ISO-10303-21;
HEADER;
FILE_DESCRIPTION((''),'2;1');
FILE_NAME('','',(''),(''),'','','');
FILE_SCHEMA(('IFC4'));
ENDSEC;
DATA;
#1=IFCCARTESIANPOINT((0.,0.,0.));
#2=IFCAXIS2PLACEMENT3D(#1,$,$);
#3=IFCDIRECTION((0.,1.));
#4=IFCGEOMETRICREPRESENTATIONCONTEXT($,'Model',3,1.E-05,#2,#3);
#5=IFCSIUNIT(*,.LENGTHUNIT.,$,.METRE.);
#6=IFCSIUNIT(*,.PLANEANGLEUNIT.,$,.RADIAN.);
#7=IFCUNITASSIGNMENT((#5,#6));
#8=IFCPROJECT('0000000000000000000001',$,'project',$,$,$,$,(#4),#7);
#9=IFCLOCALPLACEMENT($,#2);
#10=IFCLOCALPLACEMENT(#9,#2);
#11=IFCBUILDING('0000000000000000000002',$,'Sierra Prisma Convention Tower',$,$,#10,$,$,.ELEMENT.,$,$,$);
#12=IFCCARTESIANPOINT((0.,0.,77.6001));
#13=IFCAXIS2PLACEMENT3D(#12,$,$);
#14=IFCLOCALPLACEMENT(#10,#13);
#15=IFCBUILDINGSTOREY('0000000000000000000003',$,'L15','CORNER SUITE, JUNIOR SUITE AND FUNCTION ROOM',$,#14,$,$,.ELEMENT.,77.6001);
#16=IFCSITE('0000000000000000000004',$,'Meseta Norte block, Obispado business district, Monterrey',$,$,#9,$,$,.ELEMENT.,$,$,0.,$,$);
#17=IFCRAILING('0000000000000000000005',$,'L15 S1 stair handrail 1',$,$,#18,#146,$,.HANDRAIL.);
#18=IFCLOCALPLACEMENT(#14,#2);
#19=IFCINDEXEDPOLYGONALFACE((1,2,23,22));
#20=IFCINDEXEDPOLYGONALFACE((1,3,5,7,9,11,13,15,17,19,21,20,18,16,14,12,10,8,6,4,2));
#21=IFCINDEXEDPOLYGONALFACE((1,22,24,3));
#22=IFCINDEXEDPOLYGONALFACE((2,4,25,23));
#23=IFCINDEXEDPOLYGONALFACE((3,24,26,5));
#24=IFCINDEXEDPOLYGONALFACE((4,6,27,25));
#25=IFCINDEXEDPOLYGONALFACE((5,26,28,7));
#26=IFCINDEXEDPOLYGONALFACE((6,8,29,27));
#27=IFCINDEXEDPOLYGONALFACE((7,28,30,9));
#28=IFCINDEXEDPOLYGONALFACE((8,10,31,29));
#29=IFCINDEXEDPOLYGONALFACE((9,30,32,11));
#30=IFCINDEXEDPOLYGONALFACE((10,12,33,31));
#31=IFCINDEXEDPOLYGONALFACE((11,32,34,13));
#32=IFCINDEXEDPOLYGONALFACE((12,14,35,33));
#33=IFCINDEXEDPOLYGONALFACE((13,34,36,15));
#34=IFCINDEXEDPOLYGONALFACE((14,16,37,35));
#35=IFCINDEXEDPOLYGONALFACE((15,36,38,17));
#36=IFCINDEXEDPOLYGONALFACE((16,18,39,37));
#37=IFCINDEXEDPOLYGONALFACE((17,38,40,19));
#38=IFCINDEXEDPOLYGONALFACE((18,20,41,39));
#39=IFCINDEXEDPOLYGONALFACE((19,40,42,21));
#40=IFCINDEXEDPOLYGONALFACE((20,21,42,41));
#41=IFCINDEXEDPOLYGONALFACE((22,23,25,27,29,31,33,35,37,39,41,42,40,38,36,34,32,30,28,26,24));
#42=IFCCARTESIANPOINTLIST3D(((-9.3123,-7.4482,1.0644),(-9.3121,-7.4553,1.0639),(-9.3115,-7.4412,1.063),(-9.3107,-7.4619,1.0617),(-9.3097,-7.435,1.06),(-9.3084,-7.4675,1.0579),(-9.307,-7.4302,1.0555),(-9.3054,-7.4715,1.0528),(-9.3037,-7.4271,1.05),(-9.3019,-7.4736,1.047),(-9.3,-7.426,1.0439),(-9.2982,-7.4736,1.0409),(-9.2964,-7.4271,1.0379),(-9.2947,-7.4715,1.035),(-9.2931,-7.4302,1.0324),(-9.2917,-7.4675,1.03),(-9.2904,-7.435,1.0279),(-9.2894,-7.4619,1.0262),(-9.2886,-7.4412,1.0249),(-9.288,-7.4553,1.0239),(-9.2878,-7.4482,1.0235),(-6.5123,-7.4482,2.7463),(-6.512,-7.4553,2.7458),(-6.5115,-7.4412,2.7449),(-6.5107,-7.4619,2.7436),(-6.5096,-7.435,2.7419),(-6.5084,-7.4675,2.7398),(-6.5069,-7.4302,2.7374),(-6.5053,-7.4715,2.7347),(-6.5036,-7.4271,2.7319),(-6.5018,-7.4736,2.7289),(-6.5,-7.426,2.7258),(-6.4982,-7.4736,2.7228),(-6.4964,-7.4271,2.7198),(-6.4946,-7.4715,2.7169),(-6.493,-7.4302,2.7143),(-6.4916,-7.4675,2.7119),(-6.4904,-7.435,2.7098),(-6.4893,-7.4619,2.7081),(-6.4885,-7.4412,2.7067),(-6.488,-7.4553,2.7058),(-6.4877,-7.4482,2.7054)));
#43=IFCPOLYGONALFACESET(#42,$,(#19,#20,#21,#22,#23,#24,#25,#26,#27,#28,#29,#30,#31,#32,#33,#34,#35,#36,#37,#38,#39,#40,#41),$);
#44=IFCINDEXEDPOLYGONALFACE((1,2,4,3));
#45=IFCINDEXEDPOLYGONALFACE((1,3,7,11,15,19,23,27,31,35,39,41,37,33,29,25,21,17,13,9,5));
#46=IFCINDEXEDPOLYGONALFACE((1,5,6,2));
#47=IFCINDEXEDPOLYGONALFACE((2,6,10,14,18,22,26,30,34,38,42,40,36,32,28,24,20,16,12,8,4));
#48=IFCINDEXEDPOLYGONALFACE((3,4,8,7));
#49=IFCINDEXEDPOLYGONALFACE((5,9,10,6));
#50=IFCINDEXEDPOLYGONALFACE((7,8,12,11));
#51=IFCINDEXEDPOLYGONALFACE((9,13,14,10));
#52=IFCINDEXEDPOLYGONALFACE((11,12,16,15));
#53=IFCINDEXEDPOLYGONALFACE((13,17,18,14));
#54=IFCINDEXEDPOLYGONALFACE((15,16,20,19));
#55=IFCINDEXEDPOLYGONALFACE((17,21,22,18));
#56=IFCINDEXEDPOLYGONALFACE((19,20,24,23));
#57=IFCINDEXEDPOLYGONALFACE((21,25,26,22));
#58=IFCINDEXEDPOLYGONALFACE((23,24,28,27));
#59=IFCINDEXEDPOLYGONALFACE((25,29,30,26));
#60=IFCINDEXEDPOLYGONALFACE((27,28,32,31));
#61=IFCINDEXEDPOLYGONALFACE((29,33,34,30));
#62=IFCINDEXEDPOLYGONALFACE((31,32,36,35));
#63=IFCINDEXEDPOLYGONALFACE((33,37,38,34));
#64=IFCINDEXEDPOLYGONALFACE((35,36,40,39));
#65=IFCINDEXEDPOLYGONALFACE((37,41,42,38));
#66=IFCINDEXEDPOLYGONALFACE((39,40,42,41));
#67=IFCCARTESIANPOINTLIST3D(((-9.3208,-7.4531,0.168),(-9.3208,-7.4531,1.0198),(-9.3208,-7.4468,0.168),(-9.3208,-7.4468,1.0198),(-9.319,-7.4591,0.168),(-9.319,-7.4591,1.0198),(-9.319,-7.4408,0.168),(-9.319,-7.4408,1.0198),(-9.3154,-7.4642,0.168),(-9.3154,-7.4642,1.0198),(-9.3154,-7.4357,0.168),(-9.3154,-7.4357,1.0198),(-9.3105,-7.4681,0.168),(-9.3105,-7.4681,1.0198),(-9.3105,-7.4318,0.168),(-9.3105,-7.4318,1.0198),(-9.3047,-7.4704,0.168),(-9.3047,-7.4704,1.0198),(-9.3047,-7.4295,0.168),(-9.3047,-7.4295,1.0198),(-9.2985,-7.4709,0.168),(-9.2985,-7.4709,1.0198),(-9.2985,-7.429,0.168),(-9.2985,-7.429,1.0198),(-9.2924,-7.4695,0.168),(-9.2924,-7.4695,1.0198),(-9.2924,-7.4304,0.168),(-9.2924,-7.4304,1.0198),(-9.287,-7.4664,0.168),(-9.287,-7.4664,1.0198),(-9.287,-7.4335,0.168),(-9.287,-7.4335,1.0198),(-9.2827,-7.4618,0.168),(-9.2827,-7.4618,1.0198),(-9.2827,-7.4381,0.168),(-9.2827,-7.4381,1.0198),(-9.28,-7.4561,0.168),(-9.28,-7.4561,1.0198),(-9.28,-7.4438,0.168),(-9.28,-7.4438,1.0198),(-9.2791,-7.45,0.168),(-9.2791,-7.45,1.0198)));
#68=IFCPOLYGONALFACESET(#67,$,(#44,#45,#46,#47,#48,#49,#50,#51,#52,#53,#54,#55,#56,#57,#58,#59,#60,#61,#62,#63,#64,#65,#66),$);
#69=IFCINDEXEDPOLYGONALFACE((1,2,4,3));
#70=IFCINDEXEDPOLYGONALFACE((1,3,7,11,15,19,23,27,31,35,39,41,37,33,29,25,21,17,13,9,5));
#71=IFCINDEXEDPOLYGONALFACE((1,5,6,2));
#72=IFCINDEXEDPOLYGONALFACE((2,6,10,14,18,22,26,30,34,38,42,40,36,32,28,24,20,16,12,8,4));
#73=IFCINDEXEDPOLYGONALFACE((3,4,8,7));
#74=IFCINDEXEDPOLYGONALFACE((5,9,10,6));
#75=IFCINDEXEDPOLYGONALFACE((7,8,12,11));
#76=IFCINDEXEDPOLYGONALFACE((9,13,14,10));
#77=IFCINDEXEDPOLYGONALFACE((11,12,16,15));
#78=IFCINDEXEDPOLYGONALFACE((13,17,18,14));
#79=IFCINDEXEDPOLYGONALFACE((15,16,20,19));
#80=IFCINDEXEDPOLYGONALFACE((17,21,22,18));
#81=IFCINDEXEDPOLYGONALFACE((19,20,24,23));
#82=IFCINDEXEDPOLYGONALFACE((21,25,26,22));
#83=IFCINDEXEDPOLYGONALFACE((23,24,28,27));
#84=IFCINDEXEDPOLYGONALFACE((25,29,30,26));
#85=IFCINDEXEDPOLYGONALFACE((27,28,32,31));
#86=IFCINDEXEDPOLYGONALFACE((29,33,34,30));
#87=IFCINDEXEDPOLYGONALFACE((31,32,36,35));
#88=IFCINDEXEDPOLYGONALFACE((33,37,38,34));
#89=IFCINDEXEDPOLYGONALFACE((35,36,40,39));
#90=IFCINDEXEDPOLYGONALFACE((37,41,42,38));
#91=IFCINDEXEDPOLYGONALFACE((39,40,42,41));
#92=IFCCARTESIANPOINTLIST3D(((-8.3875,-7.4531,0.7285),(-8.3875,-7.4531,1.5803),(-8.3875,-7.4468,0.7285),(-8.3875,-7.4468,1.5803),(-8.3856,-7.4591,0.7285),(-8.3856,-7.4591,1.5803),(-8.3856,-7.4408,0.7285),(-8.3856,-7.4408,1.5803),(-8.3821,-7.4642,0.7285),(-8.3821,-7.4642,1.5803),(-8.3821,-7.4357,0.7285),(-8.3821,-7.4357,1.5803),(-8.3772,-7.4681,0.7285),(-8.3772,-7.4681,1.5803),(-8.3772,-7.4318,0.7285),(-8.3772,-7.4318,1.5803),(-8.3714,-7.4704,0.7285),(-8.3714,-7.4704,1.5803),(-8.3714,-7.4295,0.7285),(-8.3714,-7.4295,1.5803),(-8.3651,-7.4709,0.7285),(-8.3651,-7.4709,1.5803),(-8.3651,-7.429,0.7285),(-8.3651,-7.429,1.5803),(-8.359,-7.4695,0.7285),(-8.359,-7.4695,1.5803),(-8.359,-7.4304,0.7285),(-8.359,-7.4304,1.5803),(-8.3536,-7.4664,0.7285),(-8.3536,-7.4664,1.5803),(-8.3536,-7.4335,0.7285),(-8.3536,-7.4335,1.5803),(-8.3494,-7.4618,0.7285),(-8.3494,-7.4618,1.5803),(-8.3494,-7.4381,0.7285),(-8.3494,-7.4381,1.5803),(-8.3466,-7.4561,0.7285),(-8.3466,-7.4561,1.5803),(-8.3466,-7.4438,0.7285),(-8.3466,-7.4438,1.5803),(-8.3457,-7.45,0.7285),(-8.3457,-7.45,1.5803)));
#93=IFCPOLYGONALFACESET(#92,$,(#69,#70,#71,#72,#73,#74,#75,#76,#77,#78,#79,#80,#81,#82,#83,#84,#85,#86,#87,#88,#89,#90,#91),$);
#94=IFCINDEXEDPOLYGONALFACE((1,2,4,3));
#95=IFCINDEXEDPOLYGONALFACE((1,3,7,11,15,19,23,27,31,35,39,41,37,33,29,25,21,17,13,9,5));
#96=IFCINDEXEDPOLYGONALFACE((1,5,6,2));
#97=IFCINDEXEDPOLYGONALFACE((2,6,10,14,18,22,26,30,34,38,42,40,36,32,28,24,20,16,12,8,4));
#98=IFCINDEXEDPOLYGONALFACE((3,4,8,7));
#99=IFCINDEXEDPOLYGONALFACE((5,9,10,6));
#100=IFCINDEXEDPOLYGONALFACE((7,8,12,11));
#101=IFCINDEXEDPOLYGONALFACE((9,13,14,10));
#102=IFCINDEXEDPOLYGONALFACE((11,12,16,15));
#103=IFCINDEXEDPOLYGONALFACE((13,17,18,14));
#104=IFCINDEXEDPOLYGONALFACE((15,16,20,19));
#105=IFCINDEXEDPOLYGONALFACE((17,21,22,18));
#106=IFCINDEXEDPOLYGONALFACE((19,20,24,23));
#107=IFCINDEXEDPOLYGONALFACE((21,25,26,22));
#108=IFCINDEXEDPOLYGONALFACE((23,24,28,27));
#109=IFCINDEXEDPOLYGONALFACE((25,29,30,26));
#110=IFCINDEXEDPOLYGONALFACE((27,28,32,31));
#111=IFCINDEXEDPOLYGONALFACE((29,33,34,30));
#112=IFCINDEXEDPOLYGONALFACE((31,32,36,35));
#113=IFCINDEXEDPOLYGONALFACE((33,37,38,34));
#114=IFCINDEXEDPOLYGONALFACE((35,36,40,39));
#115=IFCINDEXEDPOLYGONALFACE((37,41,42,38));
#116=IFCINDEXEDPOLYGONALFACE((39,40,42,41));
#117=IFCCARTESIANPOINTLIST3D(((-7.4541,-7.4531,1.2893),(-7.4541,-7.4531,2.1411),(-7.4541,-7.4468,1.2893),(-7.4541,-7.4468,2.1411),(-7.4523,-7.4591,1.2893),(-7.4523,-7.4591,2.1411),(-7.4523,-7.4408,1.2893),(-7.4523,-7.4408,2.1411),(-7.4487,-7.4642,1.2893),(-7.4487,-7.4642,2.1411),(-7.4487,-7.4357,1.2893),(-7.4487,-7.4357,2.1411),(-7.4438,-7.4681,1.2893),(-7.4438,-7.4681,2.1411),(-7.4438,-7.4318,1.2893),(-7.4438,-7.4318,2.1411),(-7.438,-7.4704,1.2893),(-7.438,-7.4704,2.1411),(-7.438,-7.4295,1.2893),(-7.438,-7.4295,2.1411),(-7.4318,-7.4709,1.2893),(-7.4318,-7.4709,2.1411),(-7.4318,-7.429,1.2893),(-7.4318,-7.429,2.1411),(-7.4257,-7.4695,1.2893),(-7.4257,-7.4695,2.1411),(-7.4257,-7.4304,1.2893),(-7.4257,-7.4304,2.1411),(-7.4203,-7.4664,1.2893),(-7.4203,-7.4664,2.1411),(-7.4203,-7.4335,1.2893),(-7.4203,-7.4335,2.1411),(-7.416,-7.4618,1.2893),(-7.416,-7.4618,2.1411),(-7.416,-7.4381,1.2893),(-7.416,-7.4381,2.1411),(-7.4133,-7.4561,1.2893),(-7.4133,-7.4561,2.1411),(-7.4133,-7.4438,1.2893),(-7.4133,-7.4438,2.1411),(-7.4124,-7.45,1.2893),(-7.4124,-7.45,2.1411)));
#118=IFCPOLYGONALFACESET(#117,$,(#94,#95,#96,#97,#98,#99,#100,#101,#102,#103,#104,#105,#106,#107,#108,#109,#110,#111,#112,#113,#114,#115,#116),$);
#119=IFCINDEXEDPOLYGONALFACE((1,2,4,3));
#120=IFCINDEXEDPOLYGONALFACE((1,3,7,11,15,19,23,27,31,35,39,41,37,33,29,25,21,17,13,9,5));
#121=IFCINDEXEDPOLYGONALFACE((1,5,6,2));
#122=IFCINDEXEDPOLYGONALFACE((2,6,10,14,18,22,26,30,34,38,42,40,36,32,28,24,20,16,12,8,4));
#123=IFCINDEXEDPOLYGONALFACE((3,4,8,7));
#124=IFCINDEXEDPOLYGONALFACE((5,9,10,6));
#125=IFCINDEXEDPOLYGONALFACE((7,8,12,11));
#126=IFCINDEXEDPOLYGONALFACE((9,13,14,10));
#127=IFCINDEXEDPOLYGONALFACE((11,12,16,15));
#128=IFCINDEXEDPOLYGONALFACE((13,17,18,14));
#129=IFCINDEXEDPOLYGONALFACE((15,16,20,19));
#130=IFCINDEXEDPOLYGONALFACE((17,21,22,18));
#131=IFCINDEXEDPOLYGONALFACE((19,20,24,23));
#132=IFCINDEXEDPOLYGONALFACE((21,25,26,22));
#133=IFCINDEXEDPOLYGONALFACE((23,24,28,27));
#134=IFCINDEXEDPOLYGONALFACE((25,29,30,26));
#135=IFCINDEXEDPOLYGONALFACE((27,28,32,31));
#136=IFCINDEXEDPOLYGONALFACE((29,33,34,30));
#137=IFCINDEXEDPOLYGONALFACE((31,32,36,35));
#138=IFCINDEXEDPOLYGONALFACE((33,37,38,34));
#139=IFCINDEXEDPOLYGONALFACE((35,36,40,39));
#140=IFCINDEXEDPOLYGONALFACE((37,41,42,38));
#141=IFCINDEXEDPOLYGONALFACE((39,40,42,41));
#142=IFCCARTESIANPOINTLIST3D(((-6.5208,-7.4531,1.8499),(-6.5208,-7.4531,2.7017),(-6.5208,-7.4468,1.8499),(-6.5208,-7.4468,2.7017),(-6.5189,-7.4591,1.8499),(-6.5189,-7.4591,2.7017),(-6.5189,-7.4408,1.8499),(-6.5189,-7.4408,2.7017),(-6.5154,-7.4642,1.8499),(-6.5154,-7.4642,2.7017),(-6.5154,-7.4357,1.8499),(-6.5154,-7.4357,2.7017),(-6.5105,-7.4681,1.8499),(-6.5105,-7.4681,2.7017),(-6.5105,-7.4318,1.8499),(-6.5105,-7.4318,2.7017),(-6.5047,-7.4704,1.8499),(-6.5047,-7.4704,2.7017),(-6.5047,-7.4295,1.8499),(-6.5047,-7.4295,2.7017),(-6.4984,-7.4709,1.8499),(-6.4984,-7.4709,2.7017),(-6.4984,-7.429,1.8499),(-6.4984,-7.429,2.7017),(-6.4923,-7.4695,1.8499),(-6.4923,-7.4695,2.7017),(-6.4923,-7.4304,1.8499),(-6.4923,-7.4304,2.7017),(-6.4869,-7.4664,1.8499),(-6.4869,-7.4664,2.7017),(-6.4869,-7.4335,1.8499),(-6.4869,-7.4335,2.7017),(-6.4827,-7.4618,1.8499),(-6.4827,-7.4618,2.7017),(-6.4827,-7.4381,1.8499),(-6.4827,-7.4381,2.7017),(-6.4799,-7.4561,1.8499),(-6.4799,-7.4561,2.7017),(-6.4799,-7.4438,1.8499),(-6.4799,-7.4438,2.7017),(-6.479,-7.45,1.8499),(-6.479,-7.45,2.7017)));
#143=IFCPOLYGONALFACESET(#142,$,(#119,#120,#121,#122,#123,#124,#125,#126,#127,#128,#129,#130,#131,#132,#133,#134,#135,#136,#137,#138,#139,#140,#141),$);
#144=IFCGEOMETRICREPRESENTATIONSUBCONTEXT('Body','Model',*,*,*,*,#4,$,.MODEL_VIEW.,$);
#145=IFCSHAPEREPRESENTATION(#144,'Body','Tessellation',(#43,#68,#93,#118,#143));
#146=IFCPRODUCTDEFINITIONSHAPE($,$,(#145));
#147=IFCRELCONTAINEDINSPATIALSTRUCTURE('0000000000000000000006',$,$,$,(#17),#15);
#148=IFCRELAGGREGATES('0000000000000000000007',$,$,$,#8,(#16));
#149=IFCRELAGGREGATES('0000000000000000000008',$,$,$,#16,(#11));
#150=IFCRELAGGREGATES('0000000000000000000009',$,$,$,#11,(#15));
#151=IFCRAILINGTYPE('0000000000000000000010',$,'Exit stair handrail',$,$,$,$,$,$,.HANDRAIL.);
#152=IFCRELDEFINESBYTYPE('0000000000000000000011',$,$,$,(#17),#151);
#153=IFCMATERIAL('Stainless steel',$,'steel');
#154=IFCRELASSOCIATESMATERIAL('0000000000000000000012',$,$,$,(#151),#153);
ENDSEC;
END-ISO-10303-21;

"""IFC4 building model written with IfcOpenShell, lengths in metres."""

from ifc_helpers import new_model, si_unit, direction, frame, origin, origin_2d, place, context, subcontext, project, spatial, circle, extrude, material, type_object, element, save


model = new_model("IFC4")

# Units and contexts
model_context = context("Model", 3, precision=1e-05, world=origin(), true_north=direction((0.0, 1.0)))
body_context = subcontext(model_context, "Body", "Model", "MODEL_VIEW")
ifc_project = project(units=[si_unit("LENGTHUNIT", "METRE"), si_unit("PLANEANGLEUNIT", "RADIAN")], contexts=[model_context])

# Site, building, storey
site_placement = place(None, origin())
site = spatial("IfcSite", under=ifc_project, at=site_placement, Name="Meseta Norte block, Obispado business district, Monterrey", CompositionType="ELEMENT", RefElevation=0.0)
building_placement = place(site_placement, origin())
building = spatial("IfcBuilding", under=site, at=building_placement, Name="Sierra Prisma Convention Tower", CompositionType="ELEMENT")
storey_placement = place(building_placement, frame((0.0, 0.0, 77.6001)))
storey = spatial("IfcBuildingStorey", under=building, at=storey_placement, Name="L15", Description="CORNER SUITE, JUNIOR SUITE AND FUNCTION ROOM", CompositionType="ELEMENT", Elevation=77.6001)

# Railing
ifc_material_1 = material(Name="Stainless steel", Category="steel")
railing_type_1 = type_object("IfcRailingType", Name="Exit stair handrail", PredefinedType="HANDRAIL", material=ifc_material_1)
railing_1_placement = place(storey_placement, frame((-9.3, -7.45, 0.168)))
element("IfcRailing", 1, at=railing_1_placement, inside=storey, type_object=railing_type_1, Name="L15 S1 stair handrail 1", PredefinedType="HANDRAIL", context=body_context, shape_type="SweptSolid", body=[
    extrude(circle(Radius=0.0239, at=origin_2d()), frame((0.0, 0.0, 0.876), z_axis=(0.857242, 0.0, 0.514913), x_axis=(0.0, 1.0, 0.0)), (0.0, 0.0, 1.0), 3.2664),
    extrude(circle(Radius=0.021, at=origin_2d()), origin(), (0.0, 0.0, 1.0), 0.8518),
    extrude(circle(Radius=0.021, at=origin_2d()), frame((0.9333, 0.0, 0.5605)), (0.0, 0.0, 1.0), 0.8518),
    extrude(circle(Radius=0.021, at=origin_2d()), frame((1.8667, 0.0, 1.1213)), (0.0, 0.0, 1.0), 0.8518),
    extrude(circle(Radius=0.021, at=origin_2d()), frame((2.8, 0.0, 1.6819)), (0.0, 0.0, 1.0), 0.8518),
])

save(model, "model.ifc")
